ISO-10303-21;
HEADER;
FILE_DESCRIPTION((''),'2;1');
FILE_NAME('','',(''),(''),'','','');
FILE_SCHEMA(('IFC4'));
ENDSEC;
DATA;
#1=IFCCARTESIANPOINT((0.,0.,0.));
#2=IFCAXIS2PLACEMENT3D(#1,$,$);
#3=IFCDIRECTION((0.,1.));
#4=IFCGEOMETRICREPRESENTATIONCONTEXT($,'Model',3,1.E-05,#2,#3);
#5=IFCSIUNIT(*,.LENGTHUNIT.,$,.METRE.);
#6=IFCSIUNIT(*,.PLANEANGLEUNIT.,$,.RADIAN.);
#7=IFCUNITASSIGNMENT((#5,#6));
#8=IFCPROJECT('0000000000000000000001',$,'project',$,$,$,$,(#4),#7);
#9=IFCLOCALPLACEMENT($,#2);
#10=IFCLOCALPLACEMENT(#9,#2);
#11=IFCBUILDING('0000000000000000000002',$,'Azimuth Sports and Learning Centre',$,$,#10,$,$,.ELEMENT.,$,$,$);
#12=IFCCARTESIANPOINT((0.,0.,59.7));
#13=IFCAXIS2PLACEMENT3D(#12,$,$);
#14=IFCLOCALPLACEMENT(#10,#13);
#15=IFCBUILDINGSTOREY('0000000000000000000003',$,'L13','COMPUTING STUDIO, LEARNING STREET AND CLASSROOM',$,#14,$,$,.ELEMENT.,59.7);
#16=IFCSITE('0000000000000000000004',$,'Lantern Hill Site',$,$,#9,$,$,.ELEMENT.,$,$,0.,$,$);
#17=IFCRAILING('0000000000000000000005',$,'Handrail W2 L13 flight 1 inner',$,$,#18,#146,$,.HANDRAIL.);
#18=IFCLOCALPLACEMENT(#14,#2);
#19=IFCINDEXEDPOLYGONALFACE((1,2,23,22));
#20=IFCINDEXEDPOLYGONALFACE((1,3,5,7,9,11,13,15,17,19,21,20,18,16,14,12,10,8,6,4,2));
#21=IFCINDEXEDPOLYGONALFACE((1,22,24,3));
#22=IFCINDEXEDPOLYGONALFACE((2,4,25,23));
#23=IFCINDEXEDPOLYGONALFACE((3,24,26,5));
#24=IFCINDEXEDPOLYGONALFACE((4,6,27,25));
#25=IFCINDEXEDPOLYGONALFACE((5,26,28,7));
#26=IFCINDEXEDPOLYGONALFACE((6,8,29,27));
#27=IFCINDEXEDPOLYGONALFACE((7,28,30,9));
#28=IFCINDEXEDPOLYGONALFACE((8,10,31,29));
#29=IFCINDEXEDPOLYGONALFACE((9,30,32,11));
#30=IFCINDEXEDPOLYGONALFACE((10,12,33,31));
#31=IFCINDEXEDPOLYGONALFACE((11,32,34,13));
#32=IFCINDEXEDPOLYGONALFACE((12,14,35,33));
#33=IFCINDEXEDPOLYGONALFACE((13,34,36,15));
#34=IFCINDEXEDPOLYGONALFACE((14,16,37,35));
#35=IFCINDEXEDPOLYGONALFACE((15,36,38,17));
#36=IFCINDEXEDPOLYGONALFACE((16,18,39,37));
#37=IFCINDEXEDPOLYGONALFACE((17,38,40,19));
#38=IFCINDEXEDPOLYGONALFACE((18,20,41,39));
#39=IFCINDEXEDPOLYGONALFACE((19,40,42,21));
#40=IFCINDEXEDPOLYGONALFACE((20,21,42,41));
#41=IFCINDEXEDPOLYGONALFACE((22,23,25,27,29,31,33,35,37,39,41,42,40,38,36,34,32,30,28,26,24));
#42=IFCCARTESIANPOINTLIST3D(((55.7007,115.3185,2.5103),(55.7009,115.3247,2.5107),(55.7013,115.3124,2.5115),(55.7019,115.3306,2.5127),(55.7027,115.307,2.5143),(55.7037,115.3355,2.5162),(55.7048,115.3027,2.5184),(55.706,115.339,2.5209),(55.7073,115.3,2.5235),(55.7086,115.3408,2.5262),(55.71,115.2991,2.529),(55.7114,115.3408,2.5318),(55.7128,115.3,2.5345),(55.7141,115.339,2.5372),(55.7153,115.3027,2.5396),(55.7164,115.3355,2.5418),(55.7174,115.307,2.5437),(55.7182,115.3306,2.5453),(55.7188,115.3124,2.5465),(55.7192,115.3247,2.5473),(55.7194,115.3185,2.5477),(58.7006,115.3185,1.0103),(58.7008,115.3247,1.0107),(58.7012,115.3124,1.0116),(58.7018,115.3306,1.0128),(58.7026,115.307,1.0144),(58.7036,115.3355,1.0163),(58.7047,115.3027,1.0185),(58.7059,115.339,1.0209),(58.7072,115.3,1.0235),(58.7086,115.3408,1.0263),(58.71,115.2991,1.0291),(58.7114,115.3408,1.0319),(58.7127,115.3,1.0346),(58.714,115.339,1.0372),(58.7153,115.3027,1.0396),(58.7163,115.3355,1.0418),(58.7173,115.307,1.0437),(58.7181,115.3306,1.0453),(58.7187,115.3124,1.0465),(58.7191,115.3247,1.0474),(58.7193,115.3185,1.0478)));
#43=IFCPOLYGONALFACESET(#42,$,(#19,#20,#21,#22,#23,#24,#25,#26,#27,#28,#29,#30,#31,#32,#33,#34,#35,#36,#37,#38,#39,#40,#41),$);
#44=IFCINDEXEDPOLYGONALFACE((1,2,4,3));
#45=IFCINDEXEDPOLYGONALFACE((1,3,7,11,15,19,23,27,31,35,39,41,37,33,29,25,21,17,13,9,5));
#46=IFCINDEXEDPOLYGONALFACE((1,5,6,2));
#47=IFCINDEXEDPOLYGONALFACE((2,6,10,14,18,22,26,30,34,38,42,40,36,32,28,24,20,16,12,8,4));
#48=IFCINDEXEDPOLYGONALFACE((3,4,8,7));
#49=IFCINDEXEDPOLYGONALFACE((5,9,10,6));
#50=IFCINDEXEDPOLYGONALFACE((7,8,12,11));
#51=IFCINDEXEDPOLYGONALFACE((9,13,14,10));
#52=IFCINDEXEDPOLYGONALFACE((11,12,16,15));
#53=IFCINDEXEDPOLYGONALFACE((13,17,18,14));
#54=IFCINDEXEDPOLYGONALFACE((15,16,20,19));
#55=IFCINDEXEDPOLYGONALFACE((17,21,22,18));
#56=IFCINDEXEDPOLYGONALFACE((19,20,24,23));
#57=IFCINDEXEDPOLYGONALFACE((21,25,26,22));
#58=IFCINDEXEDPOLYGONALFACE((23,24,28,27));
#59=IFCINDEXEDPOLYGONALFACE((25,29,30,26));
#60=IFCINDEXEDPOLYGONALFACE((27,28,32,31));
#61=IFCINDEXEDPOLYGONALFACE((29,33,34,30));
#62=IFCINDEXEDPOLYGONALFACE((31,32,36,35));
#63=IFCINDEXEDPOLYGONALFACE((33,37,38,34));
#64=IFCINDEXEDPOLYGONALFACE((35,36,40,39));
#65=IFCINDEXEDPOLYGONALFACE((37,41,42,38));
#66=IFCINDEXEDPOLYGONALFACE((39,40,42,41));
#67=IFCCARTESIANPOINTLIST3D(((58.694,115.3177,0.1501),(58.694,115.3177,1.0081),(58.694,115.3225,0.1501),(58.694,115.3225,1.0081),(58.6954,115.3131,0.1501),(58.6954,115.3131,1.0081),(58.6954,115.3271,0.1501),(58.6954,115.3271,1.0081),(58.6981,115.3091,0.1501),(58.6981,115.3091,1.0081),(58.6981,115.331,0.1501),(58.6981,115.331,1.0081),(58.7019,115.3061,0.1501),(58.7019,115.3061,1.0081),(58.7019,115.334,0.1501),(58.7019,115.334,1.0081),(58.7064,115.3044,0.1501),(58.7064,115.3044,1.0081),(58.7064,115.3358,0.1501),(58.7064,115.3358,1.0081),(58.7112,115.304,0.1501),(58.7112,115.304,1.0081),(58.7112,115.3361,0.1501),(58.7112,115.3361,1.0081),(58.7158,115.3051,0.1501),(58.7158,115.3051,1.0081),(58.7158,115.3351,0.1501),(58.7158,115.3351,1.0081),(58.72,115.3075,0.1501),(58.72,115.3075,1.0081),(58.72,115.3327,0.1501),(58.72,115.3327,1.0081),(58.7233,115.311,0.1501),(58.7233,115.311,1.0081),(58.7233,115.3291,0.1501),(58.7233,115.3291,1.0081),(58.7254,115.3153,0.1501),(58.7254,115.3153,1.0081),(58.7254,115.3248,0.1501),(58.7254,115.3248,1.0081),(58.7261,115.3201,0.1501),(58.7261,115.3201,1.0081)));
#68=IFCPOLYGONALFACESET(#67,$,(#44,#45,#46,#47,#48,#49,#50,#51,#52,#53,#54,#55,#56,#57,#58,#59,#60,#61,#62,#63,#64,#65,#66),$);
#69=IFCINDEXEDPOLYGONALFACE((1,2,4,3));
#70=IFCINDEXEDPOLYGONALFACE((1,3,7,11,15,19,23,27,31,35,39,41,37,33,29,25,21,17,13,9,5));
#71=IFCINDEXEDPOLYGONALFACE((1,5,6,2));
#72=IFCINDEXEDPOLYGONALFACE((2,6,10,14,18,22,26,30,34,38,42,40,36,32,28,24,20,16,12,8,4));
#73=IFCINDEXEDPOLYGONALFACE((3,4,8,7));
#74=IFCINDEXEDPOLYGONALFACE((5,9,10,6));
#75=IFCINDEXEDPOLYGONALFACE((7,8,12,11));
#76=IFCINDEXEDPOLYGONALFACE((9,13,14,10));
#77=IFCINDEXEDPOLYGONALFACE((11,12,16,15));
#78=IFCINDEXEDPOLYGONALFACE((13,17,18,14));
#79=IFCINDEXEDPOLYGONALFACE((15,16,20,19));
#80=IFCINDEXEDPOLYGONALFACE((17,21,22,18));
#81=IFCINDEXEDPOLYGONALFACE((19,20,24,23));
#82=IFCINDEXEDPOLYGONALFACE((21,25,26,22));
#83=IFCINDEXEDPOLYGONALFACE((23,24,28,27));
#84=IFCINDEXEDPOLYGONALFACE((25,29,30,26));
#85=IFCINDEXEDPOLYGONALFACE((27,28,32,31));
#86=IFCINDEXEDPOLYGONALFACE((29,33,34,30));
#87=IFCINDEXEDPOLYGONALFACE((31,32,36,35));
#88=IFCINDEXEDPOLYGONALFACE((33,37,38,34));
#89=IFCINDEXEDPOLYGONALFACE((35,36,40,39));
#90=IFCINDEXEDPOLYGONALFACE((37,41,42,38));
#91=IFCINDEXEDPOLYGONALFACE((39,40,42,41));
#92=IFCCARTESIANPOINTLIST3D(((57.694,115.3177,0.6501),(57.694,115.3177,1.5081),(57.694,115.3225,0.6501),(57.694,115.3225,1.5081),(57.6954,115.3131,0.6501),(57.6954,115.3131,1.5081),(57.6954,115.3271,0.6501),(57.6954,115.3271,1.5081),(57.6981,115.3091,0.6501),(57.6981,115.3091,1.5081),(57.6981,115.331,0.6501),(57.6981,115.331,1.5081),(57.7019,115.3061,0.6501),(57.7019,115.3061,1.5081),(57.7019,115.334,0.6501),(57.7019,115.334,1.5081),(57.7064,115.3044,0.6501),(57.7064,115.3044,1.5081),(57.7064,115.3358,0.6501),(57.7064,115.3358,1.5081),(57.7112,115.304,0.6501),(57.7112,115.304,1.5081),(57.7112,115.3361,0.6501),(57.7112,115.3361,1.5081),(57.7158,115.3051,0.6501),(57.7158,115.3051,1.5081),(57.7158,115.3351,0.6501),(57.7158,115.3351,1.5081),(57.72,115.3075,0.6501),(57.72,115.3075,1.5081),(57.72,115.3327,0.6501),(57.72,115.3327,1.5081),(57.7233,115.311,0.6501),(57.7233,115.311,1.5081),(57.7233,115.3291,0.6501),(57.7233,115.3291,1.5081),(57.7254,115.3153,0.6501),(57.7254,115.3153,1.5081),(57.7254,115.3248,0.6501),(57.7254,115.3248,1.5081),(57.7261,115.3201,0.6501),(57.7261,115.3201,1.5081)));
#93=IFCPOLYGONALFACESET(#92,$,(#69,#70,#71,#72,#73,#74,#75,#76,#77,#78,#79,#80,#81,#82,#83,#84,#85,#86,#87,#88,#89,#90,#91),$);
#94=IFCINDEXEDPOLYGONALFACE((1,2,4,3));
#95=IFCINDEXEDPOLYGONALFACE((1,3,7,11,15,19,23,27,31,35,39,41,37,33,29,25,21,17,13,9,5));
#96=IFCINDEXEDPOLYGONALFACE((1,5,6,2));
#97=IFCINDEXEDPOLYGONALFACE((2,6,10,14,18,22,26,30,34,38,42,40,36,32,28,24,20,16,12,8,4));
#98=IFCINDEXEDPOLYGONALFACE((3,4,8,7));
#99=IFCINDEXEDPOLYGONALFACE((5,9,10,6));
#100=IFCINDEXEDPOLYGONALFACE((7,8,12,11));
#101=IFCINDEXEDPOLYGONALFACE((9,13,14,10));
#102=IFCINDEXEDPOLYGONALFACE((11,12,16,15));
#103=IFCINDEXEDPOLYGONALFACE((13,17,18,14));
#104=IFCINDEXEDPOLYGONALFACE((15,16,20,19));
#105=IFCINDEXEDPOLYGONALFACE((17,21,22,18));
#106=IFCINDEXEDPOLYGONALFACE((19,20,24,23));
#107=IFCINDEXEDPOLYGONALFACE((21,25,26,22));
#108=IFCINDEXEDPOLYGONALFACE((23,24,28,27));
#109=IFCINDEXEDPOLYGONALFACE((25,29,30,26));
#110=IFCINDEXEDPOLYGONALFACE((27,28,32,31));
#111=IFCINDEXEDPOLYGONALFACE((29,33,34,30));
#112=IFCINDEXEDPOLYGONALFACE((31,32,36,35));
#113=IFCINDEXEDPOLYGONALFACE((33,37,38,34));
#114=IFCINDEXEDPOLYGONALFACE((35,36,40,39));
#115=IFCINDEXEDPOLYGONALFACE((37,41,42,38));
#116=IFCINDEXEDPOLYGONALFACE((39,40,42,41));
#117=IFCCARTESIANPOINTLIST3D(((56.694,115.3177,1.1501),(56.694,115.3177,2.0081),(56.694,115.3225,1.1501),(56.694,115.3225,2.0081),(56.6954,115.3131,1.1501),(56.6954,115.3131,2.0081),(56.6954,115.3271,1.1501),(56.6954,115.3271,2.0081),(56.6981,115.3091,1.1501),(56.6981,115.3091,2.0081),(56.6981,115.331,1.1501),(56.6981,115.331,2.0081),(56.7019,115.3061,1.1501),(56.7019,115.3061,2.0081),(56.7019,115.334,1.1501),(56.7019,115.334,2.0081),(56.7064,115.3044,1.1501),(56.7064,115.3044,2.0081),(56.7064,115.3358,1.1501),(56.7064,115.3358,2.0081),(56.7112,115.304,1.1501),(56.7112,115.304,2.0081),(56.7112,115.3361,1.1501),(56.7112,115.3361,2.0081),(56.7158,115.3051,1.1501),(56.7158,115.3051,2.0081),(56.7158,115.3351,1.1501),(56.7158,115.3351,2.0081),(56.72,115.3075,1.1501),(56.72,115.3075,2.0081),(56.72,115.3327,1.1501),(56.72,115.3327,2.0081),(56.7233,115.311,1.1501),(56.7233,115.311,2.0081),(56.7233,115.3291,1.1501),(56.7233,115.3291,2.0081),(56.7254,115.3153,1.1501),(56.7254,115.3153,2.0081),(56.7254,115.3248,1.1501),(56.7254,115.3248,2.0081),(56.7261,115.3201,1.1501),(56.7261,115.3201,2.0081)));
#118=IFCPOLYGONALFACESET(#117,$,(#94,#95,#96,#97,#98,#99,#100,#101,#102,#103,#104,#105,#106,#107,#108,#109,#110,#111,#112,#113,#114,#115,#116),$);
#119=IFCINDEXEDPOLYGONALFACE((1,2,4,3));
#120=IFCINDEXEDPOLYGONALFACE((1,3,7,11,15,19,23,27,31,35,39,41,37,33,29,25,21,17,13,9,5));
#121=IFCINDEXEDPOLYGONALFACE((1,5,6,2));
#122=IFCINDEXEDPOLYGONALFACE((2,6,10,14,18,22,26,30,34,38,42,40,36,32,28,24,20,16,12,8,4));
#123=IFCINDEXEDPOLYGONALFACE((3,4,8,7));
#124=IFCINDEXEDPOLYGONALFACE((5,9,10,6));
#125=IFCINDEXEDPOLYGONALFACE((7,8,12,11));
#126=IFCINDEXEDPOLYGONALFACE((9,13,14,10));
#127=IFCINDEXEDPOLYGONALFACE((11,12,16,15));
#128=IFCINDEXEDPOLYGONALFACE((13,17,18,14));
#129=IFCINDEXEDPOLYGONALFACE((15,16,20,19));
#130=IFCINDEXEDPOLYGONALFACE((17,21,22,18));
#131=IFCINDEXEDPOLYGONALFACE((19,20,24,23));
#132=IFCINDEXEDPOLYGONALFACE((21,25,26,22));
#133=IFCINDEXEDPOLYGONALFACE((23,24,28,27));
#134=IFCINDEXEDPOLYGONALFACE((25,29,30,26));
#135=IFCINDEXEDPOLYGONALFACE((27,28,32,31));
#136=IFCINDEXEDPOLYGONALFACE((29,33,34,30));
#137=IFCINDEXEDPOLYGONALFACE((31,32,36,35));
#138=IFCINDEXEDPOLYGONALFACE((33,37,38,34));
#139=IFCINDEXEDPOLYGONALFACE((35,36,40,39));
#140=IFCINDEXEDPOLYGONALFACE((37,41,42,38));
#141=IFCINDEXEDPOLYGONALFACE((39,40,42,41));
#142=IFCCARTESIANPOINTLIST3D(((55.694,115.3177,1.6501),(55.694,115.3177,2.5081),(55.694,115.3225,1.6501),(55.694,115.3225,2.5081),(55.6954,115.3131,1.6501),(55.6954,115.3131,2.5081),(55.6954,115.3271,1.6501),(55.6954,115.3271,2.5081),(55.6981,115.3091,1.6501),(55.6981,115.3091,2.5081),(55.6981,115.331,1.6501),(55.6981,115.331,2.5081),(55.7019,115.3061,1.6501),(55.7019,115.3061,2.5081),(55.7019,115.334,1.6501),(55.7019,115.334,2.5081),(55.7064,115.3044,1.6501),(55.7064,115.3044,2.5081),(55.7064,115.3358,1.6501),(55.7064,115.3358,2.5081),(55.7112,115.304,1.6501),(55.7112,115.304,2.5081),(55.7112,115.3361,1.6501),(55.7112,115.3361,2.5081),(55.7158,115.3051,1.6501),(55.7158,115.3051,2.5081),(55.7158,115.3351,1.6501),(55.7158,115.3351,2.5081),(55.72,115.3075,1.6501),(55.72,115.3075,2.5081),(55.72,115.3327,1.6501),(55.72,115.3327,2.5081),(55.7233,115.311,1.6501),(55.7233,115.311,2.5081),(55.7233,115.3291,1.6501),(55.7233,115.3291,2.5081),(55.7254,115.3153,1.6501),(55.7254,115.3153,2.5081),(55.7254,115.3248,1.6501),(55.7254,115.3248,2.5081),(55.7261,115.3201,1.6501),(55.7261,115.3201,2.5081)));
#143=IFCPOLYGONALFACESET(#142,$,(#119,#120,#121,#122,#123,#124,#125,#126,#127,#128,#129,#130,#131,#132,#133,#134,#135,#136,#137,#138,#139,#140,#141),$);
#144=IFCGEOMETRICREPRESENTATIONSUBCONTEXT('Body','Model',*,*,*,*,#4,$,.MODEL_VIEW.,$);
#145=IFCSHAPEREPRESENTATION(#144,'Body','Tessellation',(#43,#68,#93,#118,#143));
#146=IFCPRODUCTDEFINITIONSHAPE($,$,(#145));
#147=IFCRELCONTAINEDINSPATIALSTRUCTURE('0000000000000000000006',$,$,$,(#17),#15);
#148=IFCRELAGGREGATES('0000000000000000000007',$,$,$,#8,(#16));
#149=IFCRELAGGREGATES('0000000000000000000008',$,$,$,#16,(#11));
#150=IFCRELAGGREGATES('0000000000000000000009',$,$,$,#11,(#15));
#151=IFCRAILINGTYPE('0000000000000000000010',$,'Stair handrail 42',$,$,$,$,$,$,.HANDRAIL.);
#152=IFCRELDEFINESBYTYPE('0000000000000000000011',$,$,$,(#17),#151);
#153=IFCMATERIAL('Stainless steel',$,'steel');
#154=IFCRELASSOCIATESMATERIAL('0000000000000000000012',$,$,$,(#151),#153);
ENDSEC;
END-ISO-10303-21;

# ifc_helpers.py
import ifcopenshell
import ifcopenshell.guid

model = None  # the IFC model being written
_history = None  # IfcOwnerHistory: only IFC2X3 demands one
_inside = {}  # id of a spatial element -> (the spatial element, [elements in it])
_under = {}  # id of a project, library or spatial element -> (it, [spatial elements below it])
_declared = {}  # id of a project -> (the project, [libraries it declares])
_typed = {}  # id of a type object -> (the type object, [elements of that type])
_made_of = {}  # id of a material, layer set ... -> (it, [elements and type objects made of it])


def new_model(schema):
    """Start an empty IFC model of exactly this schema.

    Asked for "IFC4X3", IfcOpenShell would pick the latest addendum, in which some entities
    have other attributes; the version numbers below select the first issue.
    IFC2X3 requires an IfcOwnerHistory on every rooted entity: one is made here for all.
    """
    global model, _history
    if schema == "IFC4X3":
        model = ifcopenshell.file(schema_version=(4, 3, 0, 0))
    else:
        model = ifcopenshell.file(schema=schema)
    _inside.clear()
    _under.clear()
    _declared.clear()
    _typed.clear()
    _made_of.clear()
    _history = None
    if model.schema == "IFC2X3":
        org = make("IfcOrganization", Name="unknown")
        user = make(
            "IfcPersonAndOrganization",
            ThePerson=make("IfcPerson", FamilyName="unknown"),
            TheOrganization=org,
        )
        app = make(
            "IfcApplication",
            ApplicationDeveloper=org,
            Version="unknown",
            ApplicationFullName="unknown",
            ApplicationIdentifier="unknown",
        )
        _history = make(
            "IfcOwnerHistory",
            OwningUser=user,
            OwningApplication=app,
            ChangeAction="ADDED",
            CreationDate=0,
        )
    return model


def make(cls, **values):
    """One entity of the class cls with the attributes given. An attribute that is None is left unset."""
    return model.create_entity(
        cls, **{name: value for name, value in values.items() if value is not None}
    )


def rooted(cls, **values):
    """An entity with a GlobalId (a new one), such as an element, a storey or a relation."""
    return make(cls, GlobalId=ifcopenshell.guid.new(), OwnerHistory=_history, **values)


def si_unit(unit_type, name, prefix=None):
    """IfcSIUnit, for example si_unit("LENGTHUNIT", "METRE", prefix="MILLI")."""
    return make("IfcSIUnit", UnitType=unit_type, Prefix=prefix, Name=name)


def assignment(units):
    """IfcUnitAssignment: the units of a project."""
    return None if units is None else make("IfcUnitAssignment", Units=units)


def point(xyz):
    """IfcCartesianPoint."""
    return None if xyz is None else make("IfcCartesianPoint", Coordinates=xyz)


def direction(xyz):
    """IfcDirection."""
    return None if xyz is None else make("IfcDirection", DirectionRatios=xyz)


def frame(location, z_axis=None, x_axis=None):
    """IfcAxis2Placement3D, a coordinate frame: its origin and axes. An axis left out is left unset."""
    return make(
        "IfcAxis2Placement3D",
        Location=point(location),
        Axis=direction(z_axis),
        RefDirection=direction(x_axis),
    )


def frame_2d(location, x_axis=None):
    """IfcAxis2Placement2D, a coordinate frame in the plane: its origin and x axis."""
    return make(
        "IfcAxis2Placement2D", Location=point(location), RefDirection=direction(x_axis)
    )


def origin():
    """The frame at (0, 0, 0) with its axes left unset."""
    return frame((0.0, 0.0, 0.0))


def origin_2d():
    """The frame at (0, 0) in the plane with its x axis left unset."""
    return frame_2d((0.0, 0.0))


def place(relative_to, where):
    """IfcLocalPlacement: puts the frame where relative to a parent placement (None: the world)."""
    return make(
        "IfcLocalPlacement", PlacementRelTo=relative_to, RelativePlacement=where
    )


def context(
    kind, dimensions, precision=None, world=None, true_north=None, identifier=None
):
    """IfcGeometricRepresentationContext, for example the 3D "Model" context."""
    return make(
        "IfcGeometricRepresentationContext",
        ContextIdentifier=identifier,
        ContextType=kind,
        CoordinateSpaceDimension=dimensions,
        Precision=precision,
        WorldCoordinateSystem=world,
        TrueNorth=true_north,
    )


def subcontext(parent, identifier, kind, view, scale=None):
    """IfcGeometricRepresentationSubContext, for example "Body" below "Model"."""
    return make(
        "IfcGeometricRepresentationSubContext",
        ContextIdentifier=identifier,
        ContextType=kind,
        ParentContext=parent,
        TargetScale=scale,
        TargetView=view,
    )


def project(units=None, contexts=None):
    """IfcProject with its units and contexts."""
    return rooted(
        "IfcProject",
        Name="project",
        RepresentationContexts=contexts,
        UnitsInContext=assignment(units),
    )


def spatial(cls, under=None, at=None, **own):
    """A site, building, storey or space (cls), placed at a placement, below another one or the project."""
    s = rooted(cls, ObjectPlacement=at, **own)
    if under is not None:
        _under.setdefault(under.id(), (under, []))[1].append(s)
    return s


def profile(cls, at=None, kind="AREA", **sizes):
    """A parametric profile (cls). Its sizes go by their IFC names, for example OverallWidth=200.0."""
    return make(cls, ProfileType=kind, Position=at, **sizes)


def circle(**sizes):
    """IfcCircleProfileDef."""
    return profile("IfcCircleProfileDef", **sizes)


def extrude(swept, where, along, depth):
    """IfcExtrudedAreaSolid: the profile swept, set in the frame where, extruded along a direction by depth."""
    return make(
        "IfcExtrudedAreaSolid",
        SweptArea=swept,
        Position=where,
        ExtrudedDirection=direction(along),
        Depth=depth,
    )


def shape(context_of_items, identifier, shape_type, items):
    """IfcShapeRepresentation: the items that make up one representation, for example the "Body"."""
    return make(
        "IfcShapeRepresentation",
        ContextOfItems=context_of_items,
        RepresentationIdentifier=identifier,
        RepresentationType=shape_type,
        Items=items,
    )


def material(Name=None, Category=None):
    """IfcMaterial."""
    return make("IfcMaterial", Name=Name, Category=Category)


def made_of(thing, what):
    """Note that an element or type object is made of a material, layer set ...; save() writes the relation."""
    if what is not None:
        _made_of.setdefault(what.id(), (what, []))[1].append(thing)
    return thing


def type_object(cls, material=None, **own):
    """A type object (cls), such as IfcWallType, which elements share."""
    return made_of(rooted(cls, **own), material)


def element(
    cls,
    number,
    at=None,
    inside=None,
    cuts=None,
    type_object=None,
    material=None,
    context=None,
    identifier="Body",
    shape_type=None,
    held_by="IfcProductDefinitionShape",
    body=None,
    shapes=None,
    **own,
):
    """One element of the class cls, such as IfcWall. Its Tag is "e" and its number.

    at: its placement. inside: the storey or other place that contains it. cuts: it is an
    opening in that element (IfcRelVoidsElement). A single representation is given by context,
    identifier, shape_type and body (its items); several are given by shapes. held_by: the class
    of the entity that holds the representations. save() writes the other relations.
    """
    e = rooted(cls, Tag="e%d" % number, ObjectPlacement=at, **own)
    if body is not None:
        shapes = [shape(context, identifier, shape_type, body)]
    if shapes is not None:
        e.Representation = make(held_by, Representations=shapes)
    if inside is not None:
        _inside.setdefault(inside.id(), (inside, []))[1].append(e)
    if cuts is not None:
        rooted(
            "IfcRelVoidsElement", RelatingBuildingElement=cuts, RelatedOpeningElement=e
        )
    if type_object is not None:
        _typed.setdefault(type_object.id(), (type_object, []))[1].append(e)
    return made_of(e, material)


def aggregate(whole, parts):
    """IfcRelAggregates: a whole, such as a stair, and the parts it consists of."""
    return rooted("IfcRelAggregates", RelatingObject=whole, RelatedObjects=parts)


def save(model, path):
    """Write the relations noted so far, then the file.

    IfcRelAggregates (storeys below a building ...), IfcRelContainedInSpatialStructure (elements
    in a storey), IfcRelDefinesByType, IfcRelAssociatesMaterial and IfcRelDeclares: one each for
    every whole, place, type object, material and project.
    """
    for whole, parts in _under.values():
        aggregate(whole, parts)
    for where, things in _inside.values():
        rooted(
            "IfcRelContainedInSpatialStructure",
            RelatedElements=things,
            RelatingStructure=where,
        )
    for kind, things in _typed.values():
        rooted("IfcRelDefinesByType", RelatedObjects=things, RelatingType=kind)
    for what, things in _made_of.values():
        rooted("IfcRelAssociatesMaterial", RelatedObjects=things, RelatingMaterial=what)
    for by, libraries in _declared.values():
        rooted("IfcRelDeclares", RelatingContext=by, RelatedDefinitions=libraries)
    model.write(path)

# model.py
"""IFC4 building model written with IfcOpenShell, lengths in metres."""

from ifc_helpers import new_model, si_unit, direction, frame, origin, origin_2d, place, context, subcontext, project, spatial, circle, extrude, material, type_object, element, save


model = new_model("IFC4")

# Units and contexts
model_context = context("Model", 3, precision=1e-05, world=origin(), true_north=direction((0.0, 1.0)))
body_context = subcontext(model_context, "Body", "Model", "MODEL_VIEW")
ifc_project = project(units=[si_unit("LENGTHUNIT", "METRE"), si_unit("PLANEANGLEUNIT", "RADIAN")], contexts=[model_context])

# Site, building, storey
site_placement = place(None, origin())
site = spatial("IfcSite", under=ifc_project, at=site_placement, Name="Lantern Hill Site", CompositionType="ELEMENT", RefElevation=0.0)
building_placement = place(site_placement, origin())
building = spatial("IfcBuilding", under=site, at=building_placement, Name="Azimuth Sports and Learning Centre", CompositionType="ELEMENT")
storey_placement = place(building_placement, frame((0.0, 0.0, 59.7)))
storey = spatial("IfcBuildingStorey", under=building, at=storey_placement, Name="L13", Description="COMPUTING STUDIO, LEARNING STREET AND CLASSROOM", CompositionType="ELEMENT", Elevation=59.7)

# Railing
ifc_material_1 = material(Name="Stainless steel", Category="steel")
railing_type_1 = type_object("IfcRailingType", Name="Stair handrail 42", PredefinedType="HANDRAIL", material=ifc_material_1)
for number, where, name in (
    (1, (58.71, 115.3201, 0.1501), "Handrail W2 L13 flight 1 inner"),
):
    element("IfcRailing", number, at=place(storey_placement, frame(where)), inside=storey, type_object=railing_type_1, Name=name, PredefinedType="HANDRAIL", context=body_context, shape_type="SweptSolid", body=[
        extrude(circle(Radius=0.021, at=origin_2d()), frame((0.0, 0.0, 0.8789), z_axis=(-0.894427, 0.0, 0.447214), x_axis=(0.0, -1.0, 0.0)), (0.0, 0.0, 1.0), 3.354),
        extrude(circle(Radius=0.0161, at=origin_2d()), origin(), (0.0, 0.0, 1.0), 0.8579),
        extrude(circle(Radius=0.0161, at=origin_2d()), frame((-1.0, 0.0, 0.5)), (0.0, 0.0, 1.0), 0.8579),
        extrude(circle(Radius=0.0161, at=origin_2d()), frame((-2.0, 0.0, 1.0)), (0.0, 0.0, 1.0), 0.8579),
        extrude(circle(Radius=0.0161, at=origin_2d()), frame((-3.0, 0.0, 1.5)), (0.0, 0.0, 1.0), 0.8579),
    ])

save(model, "model.ifc")
